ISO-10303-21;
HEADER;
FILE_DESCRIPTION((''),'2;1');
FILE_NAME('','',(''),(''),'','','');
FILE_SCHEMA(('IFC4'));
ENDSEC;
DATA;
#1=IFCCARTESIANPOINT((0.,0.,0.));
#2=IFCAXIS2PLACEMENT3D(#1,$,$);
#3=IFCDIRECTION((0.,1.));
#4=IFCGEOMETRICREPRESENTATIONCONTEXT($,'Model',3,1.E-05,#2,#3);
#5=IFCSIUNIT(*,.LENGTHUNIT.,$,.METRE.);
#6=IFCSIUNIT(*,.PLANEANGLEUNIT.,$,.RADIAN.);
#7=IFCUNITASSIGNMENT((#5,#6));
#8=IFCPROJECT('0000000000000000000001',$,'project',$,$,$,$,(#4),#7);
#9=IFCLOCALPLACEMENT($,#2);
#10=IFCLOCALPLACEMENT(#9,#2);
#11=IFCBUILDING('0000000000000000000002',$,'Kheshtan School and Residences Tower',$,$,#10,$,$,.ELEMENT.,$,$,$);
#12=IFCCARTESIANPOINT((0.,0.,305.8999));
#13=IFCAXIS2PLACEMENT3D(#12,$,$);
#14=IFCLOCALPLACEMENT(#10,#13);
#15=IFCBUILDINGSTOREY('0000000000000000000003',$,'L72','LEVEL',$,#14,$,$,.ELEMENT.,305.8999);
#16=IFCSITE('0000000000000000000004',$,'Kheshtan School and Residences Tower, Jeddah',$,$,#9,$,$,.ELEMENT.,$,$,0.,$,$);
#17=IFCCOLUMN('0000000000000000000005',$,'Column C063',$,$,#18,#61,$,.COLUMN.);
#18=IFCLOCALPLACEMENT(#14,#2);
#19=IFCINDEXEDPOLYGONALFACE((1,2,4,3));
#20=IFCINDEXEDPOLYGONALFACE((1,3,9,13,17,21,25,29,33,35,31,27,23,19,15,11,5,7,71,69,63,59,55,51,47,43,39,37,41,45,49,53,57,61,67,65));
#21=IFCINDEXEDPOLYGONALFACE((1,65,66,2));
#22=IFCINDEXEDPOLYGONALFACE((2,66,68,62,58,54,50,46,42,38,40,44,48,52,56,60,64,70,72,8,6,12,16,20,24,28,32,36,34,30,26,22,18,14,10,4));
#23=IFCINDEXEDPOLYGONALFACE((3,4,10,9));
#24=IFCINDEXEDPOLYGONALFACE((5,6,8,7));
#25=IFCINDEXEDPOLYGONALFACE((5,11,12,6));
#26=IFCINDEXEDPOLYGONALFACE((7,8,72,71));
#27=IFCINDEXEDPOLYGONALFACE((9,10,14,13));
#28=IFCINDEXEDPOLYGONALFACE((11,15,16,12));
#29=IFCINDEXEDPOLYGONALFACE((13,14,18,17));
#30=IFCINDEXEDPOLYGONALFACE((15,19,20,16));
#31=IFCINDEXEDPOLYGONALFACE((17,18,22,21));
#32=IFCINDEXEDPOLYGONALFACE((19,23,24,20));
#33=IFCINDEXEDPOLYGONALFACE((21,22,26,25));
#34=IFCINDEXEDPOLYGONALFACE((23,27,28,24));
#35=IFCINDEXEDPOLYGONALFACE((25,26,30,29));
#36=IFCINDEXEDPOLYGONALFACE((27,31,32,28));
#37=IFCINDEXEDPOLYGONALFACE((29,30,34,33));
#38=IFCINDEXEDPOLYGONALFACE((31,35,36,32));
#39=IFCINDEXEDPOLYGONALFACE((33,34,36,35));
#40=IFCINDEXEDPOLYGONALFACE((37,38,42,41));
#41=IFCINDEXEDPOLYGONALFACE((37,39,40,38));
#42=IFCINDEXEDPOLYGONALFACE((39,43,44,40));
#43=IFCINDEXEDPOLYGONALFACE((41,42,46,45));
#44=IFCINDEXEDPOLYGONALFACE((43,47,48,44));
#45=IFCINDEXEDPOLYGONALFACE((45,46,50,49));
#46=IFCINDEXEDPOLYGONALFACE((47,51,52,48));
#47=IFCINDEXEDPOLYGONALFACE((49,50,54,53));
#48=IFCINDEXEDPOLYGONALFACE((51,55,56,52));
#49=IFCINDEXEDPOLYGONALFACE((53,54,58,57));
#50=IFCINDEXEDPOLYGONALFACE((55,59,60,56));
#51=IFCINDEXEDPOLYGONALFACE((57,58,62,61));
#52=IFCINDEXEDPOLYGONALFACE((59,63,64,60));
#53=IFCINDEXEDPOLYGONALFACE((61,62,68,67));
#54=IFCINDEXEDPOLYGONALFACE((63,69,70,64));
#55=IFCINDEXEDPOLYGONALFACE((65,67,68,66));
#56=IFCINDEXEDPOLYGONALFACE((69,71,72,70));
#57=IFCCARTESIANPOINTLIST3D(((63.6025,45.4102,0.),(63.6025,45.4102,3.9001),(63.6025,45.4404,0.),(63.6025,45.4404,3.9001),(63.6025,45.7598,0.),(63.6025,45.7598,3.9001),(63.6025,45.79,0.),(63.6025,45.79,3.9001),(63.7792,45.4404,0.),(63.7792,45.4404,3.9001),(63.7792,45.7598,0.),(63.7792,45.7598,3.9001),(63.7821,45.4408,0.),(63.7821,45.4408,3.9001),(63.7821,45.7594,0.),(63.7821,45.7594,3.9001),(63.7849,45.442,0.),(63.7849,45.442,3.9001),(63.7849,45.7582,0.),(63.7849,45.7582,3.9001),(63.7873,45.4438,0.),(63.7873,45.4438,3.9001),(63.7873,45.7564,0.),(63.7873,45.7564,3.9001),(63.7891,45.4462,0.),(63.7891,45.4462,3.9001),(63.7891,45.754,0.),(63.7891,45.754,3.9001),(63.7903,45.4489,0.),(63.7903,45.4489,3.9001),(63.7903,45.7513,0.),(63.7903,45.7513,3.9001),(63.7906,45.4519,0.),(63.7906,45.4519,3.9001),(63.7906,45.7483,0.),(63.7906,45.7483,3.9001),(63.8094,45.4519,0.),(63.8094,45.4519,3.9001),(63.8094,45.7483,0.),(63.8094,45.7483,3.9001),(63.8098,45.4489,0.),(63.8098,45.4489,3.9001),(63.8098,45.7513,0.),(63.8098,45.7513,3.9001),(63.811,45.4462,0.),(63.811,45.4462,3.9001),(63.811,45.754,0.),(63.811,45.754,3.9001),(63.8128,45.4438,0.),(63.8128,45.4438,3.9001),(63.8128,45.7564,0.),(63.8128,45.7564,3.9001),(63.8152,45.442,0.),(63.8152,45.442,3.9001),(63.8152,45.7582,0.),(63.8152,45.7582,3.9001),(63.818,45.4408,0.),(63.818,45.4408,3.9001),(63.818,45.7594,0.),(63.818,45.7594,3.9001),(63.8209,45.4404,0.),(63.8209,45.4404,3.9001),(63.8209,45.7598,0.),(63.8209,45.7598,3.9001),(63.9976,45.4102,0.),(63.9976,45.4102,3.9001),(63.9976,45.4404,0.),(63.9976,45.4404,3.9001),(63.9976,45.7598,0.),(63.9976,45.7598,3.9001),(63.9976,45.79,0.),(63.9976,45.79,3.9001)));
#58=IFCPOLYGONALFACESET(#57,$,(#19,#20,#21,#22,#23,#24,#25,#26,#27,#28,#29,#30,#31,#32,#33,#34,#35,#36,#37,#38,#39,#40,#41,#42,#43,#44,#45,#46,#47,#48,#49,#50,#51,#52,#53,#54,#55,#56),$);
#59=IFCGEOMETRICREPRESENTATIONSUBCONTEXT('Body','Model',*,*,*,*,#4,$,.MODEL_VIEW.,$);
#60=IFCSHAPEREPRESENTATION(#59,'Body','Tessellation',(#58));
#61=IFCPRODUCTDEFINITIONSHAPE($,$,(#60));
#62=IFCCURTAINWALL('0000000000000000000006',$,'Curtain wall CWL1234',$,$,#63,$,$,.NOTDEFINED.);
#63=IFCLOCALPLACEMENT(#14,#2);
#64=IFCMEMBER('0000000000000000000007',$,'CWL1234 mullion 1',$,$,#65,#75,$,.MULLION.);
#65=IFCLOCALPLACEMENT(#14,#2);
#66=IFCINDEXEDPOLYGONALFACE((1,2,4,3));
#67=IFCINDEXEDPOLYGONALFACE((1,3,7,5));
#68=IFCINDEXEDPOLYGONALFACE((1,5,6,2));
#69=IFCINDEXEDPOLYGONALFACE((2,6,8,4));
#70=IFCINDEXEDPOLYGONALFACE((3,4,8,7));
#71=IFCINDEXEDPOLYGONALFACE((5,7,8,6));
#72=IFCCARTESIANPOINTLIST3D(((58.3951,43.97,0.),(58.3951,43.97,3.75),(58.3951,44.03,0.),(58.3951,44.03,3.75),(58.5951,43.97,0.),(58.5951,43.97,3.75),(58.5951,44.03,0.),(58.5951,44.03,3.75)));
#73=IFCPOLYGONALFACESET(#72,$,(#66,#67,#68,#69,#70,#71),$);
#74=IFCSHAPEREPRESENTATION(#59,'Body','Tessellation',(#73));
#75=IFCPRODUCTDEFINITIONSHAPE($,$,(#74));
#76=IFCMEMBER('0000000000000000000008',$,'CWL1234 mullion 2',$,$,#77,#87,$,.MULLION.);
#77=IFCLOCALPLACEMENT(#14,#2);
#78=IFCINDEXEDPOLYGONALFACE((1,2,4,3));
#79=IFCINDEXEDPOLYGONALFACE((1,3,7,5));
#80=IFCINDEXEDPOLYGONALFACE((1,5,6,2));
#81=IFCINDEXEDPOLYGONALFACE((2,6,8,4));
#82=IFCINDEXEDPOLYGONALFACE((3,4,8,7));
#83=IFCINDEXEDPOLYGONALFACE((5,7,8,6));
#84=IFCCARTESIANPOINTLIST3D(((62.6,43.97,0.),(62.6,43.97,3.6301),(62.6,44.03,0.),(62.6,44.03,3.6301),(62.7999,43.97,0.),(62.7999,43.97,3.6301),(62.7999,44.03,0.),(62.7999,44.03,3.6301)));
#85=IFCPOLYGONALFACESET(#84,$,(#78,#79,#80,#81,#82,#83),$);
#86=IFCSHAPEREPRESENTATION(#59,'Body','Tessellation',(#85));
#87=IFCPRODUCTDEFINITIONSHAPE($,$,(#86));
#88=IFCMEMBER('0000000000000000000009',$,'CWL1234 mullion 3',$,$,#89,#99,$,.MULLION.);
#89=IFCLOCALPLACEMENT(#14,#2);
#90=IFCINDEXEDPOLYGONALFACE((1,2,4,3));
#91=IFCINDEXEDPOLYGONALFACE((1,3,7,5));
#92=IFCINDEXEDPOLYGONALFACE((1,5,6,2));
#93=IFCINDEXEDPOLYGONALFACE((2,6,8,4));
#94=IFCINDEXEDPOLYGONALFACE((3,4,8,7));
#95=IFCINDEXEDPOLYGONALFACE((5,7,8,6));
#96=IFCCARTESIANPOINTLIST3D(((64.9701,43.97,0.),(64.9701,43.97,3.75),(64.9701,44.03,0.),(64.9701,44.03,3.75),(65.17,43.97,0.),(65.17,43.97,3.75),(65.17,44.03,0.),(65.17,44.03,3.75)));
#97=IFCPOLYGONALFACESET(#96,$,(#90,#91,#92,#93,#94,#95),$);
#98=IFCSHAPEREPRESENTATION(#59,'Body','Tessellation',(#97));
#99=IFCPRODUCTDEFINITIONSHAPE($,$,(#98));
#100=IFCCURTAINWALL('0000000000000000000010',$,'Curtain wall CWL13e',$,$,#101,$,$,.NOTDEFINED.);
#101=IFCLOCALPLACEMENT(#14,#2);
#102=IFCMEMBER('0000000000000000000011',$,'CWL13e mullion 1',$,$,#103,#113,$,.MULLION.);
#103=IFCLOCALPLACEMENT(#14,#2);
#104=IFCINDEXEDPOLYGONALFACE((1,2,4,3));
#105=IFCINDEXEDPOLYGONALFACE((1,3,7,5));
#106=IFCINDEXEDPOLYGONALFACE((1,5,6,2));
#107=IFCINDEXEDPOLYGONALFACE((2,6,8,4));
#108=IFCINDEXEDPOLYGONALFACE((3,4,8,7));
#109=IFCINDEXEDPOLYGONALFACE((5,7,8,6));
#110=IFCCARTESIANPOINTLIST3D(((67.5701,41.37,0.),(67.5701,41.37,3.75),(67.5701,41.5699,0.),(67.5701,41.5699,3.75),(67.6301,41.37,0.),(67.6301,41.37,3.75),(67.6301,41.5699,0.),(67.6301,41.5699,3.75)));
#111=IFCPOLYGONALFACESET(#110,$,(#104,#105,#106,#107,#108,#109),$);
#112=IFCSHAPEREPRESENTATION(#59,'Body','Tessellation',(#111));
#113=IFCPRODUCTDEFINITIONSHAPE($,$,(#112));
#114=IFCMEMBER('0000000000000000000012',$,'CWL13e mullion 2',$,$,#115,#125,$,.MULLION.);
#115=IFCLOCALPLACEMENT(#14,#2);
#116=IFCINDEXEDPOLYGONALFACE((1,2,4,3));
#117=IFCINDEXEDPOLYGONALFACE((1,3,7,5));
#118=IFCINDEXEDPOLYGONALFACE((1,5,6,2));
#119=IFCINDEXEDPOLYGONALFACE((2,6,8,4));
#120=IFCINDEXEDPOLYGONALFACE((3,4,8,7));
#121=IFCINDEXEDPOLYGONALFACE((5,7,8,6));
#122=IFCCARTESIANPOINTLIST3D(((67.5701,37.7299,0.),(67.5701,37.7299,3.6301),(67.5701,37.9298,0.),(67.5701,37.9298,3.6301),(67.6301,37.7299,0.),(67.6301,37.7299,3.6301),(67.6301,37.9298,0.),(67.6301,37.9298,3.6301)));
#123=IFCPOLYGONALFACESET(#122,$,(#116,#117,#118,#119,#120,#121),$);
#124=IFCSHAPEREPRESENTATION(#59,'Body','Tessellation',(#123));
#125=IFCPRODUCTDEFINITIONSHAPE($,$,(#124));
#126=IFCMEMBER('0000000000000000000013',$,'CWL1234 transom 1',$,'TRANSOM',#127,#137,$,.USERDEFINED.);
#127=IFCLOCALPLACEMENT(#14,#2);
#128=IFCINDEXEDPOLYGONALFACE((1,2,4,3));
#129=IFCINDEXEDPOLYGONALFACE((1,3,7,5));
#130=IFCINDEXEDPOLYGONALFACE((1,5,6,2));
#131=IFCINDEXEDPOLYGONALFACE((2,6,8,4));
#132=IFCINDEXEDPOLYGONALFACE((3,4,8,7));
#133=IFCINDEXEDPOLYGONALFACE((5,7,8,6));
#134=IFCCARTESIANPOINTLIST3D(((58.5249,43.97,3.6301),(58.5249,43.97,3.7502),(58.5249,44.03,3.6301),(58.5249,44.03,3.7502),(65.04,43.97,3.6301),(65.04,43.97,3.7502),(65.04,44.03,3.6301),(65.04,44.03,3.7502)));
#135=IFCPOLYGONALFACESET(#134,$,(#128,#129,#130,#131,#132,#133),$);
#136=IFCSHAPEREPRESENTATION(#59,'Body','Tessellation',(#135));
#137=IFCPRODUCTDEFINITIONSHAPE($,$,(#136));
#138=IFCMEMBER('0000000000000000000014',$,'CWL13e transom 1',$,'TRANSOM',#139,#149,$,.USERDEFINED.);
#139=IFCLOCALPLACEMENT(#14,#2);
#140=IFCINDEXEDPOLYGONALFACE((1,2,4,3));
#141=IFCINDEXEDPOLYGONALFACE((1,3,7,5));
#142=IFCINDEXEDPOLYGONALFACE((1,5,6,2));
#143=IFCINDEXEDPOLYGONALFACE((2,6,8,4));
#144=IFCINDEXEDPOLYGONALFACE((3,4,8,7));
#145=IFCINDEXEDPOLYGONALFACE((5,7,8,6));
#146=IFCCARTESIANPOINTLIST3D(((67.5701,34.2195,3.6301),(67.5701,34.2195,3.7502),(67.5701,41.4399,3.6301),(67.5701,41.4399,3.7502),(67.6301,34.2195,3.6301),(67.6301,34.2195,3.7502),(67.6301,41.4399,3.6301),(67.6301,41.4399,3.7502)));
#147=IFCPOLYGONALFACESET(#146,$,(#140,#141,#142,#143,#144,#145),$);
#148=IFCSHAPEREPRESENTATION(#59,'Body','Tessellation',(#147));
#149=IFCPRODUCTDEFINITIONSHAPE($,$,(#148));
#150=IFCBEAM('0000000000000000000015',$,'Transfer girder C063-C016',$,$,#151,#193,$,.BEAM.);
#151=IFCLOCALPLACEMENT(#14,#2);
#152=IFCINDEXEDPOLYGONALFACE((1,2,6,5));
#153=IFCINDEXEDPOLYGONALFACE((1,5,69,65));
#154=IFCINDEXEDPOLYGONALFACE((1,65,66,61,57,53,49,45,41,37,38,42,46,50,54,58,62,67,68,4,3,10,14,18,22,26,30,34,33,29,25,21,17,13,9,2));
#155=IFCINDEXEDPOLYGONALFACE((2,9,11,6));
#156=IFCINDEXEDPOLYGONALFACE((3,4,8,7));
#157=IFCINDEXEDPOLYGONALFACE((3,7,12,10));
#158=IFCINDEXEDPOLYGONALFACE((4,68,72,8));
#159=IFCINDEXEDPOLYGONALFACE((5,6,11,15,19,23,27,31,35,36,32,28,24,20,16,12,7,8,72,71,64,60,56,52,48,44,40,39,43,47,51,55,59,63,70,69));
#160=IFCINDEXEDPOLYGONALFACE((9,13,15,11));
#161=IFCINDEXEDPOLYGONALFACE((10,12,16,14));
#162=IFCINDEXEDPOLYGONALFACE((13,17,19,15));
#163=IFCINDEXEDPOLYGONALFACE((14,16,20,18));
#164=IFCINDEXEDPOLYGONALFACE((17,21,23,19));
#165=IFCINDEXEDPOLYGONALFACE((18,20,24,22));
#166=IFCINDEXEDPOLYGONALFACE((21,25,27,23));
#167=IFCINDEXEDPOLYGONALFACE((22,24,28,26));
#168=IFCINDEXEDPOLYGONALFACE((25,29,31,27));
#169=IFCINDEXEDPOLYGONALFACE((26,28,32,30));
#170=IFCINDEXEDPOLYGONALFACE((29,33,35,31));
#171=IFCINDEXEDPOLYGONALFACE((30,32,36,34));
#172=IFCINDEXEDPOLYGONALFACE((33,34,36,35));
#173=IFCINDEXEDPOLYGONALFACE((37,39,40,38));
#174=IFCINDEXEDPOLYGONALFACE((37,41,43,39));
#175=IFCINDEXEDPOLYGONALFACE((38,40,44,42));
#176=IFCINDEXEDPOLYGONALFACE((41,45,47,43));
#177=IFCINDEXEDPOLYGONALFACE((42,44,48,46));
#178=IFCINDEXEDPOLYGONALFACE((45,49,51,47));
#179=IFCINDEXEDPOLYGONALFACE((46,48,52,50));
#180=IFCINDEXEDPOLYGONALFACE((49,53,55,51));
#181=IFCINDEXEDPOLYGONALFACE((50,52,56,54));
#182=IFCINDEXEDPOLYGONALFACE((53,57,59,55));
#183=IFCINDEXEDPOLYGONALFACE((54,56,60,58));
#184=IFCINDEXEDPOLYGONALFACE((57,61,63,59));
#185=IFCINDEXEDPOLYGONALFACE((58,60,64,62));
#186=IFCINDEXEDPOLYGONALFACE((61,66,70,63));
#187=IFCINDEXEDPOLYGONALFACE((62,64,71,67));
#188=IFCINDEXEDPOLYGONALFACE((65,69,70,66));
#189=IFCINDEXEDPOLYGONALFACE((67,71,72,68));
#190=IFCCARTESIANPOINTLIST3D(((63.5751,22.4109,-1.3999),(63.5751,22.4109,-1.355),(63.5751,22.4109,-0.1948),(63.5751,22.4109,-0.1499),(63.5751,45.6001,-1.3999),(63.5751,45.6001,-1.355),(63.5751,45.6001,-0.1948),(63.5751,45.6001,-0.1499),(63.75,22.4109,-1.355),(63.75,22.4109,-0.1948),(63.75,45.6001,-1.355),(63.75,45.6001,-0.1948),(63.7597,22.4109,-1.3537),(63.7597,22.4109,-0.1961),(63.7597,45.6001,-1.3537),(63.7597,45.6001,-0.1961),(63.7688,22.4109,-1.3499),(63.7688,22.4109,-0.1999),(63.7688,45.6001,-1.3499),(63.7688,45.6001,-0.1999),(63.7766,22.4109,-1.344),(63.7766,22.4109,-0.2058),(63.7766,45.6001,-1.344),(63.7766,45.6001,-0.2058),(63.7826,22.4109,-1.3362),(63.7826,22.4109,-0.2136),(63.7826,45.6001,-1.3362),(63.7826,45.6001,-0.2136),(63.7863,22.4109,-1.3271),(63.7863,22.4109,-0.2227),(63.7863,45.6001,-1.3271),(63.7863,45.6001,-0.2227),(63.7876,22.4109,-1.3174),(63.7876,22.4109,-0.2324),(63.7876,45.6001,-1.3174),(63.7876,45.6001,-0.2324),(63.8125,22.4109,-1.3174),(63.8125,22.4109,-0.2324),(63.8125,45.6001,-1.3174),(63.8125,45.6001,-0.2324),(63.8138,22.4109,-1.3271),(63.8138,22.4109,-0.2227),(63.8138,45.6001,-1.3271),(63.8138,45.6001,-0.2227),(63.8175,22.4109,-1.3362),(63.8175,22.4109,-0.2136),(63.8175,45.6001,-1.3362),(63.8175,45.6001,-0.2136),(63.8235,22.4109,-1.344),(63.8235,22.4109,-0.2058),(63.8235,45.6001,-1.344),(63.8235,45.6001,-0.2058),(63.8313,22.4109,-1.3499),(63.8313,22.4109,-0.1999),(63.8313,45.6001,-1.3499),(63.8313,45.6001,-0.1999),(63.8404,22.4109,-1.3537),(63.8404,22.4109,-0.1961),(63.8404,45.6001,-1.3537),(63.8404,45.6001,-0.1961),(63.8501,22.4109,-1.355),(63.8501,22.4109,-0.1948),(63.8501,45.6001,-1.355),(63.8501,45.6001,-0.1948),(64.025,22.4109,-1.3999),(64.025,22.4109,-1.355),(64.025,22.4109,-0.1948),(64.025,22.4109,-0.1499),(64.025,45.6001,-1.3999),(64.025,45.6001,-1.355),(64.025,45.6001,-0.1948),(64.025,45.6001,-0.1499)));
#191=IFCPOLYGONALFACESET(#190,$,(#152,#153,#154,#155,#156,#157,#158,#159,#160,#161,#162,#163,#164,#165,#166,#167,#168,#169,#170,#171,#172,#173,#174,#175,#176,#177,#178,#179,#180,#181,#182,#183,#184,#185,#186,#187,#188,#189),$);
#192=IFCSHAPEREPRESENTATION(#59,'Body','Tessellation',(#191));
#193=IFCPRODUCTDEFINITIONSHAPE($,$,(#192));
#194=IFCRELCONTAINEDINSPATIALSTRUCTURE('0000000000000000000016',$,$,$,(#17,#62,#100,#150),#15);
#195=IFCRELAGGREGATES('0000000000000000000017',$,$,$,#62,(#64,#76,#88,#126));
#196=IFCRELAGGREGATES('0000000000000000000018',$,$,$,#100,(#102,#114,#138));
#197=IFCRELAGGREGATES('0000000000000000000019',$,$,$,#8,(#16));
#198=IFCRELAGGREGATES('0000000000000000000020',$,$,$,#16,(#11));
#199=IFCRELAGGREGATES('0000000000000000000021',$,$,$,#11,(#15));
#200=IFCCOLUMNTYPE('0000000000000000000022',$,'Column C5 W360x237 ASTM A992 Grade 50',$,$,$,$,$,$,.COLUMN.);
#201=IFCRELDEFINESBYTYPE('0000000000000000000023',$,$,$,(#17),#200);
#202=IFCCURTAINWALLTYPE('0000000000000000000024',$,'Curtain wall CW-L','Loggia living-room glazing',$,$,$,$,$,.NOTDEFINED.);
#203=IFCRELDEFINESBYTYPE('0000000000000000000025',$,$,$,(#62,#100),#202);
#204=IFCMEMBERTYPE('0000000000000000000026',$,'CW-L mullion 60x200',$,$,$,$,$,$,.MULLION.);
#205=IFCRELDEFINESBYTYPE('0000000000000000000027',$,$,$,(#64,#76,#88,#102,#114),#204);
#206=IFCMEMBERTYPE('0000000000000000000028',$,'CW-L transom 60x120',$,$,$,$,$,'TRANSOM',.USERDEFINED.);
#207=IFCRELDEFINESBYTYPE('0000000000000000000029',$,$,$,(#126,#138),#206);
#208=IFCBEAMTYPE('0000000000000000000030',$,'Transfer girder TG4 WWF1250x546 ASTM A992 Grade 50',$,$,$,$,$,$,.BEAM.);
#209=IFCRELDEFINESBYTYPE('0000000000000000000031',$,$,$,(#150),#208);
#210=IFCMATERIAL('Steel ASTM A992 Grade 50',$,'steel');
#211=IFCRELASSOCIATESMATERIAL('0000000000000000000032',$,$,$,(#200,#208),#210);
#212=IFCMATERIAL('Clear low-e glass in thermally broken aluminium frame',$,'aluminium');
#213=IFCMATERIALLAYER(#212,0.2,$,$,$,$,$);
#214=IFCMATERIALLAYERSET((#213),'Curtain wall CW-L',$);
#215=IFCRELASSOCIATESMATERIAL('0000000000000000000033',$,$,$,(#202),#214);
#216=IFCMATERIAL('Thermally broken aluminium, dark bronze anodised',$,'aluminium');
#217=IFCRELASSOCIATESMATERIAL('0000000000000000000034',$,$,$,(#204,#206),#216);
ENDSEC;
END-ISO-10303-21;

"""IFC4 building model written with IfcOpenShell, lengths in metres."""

from ifc_helpers import new_model, si_unit, direction, frame, origin, origin_2d, place, context, subcontext, project, spatial, rectangle, i_section, extrude, material, layer, layer_set, material_profile, profile_set, type_object, element, aggregate, save


model = new_model("IFC4")

# Units and contexts
model_context = context("Model", 3, precision=1e-05, world=origin(), true_north=direction((0.0, 1.0)))
body_context = subcontext(model_context, "Body", "Model", "MODEL_VIEW")
ifc_project = project(units=[si_unit("LENGTHUNIT", "METRE"), si_unit("PLANEANGLEUNIT", "RADIAN")], contexts=[model_context])

# Site, building, storey
site_placement = place(None, origin())
site = spatial("IfcSite", under=ifc_project, at=site_placement, Name="Kheshtan School and Residences Tower, Jeddah", CompositionType="ELEMENT", RefElevation=0.0)
building_placement = place(site_placement, origin())
building = spatial("IfcBuilding", under=site, at=building_placement, Name="Kheshtan School and Residences Tower", CompositionType="ELEMENT")
storey_placement = place(building_placement, frame((0.0, 0.0, 305.8999)))
storey = spatial("IfcBuildingStorey", under=building, at=storey_placement, Name="L72", Description="LEVEL", CompositionType="ELEMENT", Elevation=305.8999)

# Column
ifc_material_1 = material(Name="Steel ASTM A992 Grade 50", Category="steel")
ifc_material_profile_1 = material_profile(ifc_material_1, i_section(OverallWidth=0.395, OverallDepth=0.3799, WebThickness=0.0188, FlangeThickness=0.0303, FilletRadius=0.0115, at=origin_2d()), Name="W360x237")
ifc_profile_set_1 = profile_set([ifc_material_profile_1], Name="Steel ASTM A992 Grade 50")
column_type = type_object("IfcColumnType", Name="Column C5 W360x237 ASTM A992 Grade 50", PredefinedType="COLUMN", material=ifc_profile_set_1)
column_placement = place(storey_placement, frame((63.8, 45.6001, 0.0), z_axis=(0.0, 0.0, 1.0), x_axis=(1.0, 0.0, 0.0)))
element("IfcColumn", 1, at=column_placement, inside=storey, type_object=column_type, Name="Column C063", PredefinedType="COLUMN", context=body_context, shape_type="SweptSolid", body=[
    extrude(i_section(OverallWidth=0.395, OverallDepth=0.3799, WebThickness=0.0188, FlangeThickness=0.0303, FilletRadius=0.0115, at=origin_2d()), origin(), (0.0, 0.0, 1.0), 3.9001),
])

# Curtain walls, members
ifc_material_2 = material(Name="Clear low-e glass in thermally broken aluminium frame", Category="aluminium")
ifc_layer_1 = layer(ifc_material_2, 0.2)
ifc_layer_set_1 = layer_set([ifc_layer_1], Name="Curtain wall CW-L")
curtain_wall_type = type_object("IfcCurtainWallType", Name="Curtain wall CW-L", Description="Loggia living-room glazing", PredefinedType="NOTDEFINED", material=ifc_layer_set_1)
curtain_wall_1_placement = place(storey_placement, origin())
curtain_wall_1 = element("IfcCurtainWall", 2, at=curtain_wall_1_placement, inside=storey, type_object=curtain_wall_type, Name="Curtain wall CWL1234", PredefinedType="NOTDEFINED")
ifc_material_3 = material(Name="Thermally broken aluminium, dark bronze anodised", Category="aluminium")
ifc_material_profile_2 = material_profile(ifc_material_3, rectangle(XDim=0.0601, YDim=0.2, at=origin_2d()), Name="CW-L mullion 60x200")
ifc_profile_set_2 = profile_set([ifc_material_profile_2], Name="Thermally broken aluminium, dark bronze anodised")
member_type_1 = type_object("IfcMemberType", Name="CW-L mullion 60x200", PredefinedType="MULLION", material=ifc_profile_set_2)
member_1_placement = place(storey_placement, frame((58.4951, 44.0, 0.0), z_axis=(0.0, 0.0, 1.0), x_axis=(0.0, 1.0, 0.0)))
member_1 = element("IfcMember", 3, at=member_1_placement, type_object=member_type_1, Name="CWL1234 mullion 1", PredefinedType="MULLION", context=body_context, shape_type="SweptSolid", body=[
    extrude(rectangle(XDim=0.0601, YDim=0.2, at=origin_2d()), origin(), (0.0, 0.0, 1.0), 3.75),
])
member_2_placement = place(storey_placement, frame((62.7, 44.0, 0.0), z_axis=(0.0, 0.0, 1.0), x_axis=(0.0, 1.0, 0.0)))
member_2 = element("IfcMember", 4, at=member_2_placement, type_object=member_type_1, Name="CWL1234 mullion 2", PredefinedType="MULLION", context=body_context, shape_type="SweptSolid", body=[
    extrude(rectangle(XDim=0.0601, YDim=0.2, at=origin_2d()), origin(), (0.0, 0.0, 1.0), 3.6301),
])
member_3_placement = place(storey_placement, frame((65.0701, 44.0, 0.0), z_axis=(0.0, 0.0, 1.0), x_axis=(0.0, 1.0, 0.0)))
member_3 = element("IfcMember", 5, at=member_3_placement, type_object=member_type_1, Name="CWL1234 mullion 3", PredefinedType="MULLION", context=body_context, shape_type="SweptSolid", body=[
    extrude(rectangle(XDim=0.0601, YDim=0.2, at=origin_2d()), origin(), (0.0, 0.0, 1.0), 3.75),
])
curtain_wall_2_placement = place(storey_placement, origin())
curtain_wall_2 = element("IfcCurtainWall", 6, at=curtain_wall_2_placement, inside=storey, type_object=curtain_wall_type, Name="Curtain wall CWL13e", PredefinedType="NOTDEFINED")
member_4_placement = place(storey_placement, frame((67.6001, 41.47, 0.0), z_axis=(0.0, 0.0, 1.0), x_axis=(1.0, 0.0, 0.0)))
member_4 = element("IfcMember", 7, at=member_4_placement, type_object=member_type_1, Name="CWL13e mullion 1", PredefinedType="MULLION", context=body_context, shape_type="SweptSolid", body=[
    extrude(rectangle(XDim=0.0601, YDim=0.2, at=origin_2d()), origin(), (0.0, 0.0, 1.0), 3.75),
])
member_5_placement = place(storey_placement, frame((67.6001, 37.8298, 0.0), z_axis=(0.0, 0.0, 1.0), x_axis=(1.0, 0.0, 0.0)))
member_5 = element("IfcMember", 8, at=member_5_placement, type_object=member_type_1, Name="CWL13e mullion 2", PredefinedType="MULLION", context=body_context, shape_type="SweptSolid", body=[
    extrude(rectangle(XDim=0.0601, YDim=0.2, at=origin_2d()), origin(), (0.0, 0.0, 1.0), 3.6301),
])

# Members
ifc_material_profile_3 = material_profile(ifc_material_3, rectangle(XDim=0.0601, YDim=0.1201, at=origin_2d()), Name="CW-L transom 60x120")
ifc_profile_set_3 = profile_set([ifc_material_profile_3], Name="Thermally broken aluminium, dark bronze anodised")
member_type_2 = type_object("IfcMemberType", Name="CW-L transom 60x120", ElementType="TRANSOM", PredefinedType="USERDEFINED", material=ifc_profile_set_3)
member_6_placement = place(storey_placement, frame((58.5249, 44.0, 3.6902), z_axis=(1.0, 0.0, 0.0), x_axis=(0.0, 1.0, 0.0)))
member_6 = element("IfcMember", 9, at=member_6_placement, type_object=member_type_2, Name="CWL1234 transom 1", ObjectType="TRANSOM", PredefinedType="USERDEFINED", context=body_context, shape_type="SweptSolid", body=[
    extrude(rectangle(XDim=0.0601, YDim=0.1201, at=origin_2d()), origin(), (0.0, 0.0, 1.0), 6.5151),
])
member_7_placement = place(storey_placement, frame((67.6001, 41.4399, 3.6902), z_axis=(0.0, -1.0, 0.0), x_axis=(1.0, 0.0, 0.0)))
member_7 = element("IfcMember", 10, at=member_7_placement, type_object=member_type_2, Name="CWL13e transom 1", ObjectType="TRANSOM", PredefinedType="USERDEFINED", context=body_context, shape_type="SweptSolid", body=[
    extrude(rectangle(XDim=0.0601, YDim=0.1201, at=origin_2d()), origin(), (0.0, 0.0, 1.0), 7.2205),
])

# Beam
ifc_material_profile_4 = material_profile(ifc_material_1, i_section(OverallWidth=0.45, OverallDepth=1.25, WebThickness=0.0249, FlangeThickness=0.0449, FilletRadius=0.0376, at=origin_2d()), Name="WWF1250x546")
ifc_profile_set_4 = profile_set([ifc_material_profile_4], Name="Steel ASTM A992 Grade 50")
beam_type = type_object("IfcBeamType", Name="Transfer girder TG4 WWF1250x546 ASTM A992 Grade 50", PredefinedType="BEAM", material=ifc_profile_set_4)
beam_placement = place(storey_placement, frame((63.8, 45.6001, -0.7749), z_axis=(0.0, -1.0, 0.0), x_axis=(1.0, 0.0, 0.0)))
element("IfcBeam", 11, at=beam_placement, inside=storey, type_object=beam_type, Name="Transfer girder C063-C016", PredefinedType="BEAM", context=body_context, shape_type="SweptSolid", body=[
    extrude(i_section(OverallWidth=0.45, OverallDepth=1.25, WebThickness=0.0249, FlangeThickness=0.0449, FilletRadius=0.0376, at=origin_2d()), origin(), (0.0, 0.0, 1.0), 23.1892),
])

aggregate(curtain_wall_1, [member_1, member_2, member_3, member_6])
aggregate(curtain_wall_2, [member_4, member_5, member_7])

save(model, "model.ifc")
